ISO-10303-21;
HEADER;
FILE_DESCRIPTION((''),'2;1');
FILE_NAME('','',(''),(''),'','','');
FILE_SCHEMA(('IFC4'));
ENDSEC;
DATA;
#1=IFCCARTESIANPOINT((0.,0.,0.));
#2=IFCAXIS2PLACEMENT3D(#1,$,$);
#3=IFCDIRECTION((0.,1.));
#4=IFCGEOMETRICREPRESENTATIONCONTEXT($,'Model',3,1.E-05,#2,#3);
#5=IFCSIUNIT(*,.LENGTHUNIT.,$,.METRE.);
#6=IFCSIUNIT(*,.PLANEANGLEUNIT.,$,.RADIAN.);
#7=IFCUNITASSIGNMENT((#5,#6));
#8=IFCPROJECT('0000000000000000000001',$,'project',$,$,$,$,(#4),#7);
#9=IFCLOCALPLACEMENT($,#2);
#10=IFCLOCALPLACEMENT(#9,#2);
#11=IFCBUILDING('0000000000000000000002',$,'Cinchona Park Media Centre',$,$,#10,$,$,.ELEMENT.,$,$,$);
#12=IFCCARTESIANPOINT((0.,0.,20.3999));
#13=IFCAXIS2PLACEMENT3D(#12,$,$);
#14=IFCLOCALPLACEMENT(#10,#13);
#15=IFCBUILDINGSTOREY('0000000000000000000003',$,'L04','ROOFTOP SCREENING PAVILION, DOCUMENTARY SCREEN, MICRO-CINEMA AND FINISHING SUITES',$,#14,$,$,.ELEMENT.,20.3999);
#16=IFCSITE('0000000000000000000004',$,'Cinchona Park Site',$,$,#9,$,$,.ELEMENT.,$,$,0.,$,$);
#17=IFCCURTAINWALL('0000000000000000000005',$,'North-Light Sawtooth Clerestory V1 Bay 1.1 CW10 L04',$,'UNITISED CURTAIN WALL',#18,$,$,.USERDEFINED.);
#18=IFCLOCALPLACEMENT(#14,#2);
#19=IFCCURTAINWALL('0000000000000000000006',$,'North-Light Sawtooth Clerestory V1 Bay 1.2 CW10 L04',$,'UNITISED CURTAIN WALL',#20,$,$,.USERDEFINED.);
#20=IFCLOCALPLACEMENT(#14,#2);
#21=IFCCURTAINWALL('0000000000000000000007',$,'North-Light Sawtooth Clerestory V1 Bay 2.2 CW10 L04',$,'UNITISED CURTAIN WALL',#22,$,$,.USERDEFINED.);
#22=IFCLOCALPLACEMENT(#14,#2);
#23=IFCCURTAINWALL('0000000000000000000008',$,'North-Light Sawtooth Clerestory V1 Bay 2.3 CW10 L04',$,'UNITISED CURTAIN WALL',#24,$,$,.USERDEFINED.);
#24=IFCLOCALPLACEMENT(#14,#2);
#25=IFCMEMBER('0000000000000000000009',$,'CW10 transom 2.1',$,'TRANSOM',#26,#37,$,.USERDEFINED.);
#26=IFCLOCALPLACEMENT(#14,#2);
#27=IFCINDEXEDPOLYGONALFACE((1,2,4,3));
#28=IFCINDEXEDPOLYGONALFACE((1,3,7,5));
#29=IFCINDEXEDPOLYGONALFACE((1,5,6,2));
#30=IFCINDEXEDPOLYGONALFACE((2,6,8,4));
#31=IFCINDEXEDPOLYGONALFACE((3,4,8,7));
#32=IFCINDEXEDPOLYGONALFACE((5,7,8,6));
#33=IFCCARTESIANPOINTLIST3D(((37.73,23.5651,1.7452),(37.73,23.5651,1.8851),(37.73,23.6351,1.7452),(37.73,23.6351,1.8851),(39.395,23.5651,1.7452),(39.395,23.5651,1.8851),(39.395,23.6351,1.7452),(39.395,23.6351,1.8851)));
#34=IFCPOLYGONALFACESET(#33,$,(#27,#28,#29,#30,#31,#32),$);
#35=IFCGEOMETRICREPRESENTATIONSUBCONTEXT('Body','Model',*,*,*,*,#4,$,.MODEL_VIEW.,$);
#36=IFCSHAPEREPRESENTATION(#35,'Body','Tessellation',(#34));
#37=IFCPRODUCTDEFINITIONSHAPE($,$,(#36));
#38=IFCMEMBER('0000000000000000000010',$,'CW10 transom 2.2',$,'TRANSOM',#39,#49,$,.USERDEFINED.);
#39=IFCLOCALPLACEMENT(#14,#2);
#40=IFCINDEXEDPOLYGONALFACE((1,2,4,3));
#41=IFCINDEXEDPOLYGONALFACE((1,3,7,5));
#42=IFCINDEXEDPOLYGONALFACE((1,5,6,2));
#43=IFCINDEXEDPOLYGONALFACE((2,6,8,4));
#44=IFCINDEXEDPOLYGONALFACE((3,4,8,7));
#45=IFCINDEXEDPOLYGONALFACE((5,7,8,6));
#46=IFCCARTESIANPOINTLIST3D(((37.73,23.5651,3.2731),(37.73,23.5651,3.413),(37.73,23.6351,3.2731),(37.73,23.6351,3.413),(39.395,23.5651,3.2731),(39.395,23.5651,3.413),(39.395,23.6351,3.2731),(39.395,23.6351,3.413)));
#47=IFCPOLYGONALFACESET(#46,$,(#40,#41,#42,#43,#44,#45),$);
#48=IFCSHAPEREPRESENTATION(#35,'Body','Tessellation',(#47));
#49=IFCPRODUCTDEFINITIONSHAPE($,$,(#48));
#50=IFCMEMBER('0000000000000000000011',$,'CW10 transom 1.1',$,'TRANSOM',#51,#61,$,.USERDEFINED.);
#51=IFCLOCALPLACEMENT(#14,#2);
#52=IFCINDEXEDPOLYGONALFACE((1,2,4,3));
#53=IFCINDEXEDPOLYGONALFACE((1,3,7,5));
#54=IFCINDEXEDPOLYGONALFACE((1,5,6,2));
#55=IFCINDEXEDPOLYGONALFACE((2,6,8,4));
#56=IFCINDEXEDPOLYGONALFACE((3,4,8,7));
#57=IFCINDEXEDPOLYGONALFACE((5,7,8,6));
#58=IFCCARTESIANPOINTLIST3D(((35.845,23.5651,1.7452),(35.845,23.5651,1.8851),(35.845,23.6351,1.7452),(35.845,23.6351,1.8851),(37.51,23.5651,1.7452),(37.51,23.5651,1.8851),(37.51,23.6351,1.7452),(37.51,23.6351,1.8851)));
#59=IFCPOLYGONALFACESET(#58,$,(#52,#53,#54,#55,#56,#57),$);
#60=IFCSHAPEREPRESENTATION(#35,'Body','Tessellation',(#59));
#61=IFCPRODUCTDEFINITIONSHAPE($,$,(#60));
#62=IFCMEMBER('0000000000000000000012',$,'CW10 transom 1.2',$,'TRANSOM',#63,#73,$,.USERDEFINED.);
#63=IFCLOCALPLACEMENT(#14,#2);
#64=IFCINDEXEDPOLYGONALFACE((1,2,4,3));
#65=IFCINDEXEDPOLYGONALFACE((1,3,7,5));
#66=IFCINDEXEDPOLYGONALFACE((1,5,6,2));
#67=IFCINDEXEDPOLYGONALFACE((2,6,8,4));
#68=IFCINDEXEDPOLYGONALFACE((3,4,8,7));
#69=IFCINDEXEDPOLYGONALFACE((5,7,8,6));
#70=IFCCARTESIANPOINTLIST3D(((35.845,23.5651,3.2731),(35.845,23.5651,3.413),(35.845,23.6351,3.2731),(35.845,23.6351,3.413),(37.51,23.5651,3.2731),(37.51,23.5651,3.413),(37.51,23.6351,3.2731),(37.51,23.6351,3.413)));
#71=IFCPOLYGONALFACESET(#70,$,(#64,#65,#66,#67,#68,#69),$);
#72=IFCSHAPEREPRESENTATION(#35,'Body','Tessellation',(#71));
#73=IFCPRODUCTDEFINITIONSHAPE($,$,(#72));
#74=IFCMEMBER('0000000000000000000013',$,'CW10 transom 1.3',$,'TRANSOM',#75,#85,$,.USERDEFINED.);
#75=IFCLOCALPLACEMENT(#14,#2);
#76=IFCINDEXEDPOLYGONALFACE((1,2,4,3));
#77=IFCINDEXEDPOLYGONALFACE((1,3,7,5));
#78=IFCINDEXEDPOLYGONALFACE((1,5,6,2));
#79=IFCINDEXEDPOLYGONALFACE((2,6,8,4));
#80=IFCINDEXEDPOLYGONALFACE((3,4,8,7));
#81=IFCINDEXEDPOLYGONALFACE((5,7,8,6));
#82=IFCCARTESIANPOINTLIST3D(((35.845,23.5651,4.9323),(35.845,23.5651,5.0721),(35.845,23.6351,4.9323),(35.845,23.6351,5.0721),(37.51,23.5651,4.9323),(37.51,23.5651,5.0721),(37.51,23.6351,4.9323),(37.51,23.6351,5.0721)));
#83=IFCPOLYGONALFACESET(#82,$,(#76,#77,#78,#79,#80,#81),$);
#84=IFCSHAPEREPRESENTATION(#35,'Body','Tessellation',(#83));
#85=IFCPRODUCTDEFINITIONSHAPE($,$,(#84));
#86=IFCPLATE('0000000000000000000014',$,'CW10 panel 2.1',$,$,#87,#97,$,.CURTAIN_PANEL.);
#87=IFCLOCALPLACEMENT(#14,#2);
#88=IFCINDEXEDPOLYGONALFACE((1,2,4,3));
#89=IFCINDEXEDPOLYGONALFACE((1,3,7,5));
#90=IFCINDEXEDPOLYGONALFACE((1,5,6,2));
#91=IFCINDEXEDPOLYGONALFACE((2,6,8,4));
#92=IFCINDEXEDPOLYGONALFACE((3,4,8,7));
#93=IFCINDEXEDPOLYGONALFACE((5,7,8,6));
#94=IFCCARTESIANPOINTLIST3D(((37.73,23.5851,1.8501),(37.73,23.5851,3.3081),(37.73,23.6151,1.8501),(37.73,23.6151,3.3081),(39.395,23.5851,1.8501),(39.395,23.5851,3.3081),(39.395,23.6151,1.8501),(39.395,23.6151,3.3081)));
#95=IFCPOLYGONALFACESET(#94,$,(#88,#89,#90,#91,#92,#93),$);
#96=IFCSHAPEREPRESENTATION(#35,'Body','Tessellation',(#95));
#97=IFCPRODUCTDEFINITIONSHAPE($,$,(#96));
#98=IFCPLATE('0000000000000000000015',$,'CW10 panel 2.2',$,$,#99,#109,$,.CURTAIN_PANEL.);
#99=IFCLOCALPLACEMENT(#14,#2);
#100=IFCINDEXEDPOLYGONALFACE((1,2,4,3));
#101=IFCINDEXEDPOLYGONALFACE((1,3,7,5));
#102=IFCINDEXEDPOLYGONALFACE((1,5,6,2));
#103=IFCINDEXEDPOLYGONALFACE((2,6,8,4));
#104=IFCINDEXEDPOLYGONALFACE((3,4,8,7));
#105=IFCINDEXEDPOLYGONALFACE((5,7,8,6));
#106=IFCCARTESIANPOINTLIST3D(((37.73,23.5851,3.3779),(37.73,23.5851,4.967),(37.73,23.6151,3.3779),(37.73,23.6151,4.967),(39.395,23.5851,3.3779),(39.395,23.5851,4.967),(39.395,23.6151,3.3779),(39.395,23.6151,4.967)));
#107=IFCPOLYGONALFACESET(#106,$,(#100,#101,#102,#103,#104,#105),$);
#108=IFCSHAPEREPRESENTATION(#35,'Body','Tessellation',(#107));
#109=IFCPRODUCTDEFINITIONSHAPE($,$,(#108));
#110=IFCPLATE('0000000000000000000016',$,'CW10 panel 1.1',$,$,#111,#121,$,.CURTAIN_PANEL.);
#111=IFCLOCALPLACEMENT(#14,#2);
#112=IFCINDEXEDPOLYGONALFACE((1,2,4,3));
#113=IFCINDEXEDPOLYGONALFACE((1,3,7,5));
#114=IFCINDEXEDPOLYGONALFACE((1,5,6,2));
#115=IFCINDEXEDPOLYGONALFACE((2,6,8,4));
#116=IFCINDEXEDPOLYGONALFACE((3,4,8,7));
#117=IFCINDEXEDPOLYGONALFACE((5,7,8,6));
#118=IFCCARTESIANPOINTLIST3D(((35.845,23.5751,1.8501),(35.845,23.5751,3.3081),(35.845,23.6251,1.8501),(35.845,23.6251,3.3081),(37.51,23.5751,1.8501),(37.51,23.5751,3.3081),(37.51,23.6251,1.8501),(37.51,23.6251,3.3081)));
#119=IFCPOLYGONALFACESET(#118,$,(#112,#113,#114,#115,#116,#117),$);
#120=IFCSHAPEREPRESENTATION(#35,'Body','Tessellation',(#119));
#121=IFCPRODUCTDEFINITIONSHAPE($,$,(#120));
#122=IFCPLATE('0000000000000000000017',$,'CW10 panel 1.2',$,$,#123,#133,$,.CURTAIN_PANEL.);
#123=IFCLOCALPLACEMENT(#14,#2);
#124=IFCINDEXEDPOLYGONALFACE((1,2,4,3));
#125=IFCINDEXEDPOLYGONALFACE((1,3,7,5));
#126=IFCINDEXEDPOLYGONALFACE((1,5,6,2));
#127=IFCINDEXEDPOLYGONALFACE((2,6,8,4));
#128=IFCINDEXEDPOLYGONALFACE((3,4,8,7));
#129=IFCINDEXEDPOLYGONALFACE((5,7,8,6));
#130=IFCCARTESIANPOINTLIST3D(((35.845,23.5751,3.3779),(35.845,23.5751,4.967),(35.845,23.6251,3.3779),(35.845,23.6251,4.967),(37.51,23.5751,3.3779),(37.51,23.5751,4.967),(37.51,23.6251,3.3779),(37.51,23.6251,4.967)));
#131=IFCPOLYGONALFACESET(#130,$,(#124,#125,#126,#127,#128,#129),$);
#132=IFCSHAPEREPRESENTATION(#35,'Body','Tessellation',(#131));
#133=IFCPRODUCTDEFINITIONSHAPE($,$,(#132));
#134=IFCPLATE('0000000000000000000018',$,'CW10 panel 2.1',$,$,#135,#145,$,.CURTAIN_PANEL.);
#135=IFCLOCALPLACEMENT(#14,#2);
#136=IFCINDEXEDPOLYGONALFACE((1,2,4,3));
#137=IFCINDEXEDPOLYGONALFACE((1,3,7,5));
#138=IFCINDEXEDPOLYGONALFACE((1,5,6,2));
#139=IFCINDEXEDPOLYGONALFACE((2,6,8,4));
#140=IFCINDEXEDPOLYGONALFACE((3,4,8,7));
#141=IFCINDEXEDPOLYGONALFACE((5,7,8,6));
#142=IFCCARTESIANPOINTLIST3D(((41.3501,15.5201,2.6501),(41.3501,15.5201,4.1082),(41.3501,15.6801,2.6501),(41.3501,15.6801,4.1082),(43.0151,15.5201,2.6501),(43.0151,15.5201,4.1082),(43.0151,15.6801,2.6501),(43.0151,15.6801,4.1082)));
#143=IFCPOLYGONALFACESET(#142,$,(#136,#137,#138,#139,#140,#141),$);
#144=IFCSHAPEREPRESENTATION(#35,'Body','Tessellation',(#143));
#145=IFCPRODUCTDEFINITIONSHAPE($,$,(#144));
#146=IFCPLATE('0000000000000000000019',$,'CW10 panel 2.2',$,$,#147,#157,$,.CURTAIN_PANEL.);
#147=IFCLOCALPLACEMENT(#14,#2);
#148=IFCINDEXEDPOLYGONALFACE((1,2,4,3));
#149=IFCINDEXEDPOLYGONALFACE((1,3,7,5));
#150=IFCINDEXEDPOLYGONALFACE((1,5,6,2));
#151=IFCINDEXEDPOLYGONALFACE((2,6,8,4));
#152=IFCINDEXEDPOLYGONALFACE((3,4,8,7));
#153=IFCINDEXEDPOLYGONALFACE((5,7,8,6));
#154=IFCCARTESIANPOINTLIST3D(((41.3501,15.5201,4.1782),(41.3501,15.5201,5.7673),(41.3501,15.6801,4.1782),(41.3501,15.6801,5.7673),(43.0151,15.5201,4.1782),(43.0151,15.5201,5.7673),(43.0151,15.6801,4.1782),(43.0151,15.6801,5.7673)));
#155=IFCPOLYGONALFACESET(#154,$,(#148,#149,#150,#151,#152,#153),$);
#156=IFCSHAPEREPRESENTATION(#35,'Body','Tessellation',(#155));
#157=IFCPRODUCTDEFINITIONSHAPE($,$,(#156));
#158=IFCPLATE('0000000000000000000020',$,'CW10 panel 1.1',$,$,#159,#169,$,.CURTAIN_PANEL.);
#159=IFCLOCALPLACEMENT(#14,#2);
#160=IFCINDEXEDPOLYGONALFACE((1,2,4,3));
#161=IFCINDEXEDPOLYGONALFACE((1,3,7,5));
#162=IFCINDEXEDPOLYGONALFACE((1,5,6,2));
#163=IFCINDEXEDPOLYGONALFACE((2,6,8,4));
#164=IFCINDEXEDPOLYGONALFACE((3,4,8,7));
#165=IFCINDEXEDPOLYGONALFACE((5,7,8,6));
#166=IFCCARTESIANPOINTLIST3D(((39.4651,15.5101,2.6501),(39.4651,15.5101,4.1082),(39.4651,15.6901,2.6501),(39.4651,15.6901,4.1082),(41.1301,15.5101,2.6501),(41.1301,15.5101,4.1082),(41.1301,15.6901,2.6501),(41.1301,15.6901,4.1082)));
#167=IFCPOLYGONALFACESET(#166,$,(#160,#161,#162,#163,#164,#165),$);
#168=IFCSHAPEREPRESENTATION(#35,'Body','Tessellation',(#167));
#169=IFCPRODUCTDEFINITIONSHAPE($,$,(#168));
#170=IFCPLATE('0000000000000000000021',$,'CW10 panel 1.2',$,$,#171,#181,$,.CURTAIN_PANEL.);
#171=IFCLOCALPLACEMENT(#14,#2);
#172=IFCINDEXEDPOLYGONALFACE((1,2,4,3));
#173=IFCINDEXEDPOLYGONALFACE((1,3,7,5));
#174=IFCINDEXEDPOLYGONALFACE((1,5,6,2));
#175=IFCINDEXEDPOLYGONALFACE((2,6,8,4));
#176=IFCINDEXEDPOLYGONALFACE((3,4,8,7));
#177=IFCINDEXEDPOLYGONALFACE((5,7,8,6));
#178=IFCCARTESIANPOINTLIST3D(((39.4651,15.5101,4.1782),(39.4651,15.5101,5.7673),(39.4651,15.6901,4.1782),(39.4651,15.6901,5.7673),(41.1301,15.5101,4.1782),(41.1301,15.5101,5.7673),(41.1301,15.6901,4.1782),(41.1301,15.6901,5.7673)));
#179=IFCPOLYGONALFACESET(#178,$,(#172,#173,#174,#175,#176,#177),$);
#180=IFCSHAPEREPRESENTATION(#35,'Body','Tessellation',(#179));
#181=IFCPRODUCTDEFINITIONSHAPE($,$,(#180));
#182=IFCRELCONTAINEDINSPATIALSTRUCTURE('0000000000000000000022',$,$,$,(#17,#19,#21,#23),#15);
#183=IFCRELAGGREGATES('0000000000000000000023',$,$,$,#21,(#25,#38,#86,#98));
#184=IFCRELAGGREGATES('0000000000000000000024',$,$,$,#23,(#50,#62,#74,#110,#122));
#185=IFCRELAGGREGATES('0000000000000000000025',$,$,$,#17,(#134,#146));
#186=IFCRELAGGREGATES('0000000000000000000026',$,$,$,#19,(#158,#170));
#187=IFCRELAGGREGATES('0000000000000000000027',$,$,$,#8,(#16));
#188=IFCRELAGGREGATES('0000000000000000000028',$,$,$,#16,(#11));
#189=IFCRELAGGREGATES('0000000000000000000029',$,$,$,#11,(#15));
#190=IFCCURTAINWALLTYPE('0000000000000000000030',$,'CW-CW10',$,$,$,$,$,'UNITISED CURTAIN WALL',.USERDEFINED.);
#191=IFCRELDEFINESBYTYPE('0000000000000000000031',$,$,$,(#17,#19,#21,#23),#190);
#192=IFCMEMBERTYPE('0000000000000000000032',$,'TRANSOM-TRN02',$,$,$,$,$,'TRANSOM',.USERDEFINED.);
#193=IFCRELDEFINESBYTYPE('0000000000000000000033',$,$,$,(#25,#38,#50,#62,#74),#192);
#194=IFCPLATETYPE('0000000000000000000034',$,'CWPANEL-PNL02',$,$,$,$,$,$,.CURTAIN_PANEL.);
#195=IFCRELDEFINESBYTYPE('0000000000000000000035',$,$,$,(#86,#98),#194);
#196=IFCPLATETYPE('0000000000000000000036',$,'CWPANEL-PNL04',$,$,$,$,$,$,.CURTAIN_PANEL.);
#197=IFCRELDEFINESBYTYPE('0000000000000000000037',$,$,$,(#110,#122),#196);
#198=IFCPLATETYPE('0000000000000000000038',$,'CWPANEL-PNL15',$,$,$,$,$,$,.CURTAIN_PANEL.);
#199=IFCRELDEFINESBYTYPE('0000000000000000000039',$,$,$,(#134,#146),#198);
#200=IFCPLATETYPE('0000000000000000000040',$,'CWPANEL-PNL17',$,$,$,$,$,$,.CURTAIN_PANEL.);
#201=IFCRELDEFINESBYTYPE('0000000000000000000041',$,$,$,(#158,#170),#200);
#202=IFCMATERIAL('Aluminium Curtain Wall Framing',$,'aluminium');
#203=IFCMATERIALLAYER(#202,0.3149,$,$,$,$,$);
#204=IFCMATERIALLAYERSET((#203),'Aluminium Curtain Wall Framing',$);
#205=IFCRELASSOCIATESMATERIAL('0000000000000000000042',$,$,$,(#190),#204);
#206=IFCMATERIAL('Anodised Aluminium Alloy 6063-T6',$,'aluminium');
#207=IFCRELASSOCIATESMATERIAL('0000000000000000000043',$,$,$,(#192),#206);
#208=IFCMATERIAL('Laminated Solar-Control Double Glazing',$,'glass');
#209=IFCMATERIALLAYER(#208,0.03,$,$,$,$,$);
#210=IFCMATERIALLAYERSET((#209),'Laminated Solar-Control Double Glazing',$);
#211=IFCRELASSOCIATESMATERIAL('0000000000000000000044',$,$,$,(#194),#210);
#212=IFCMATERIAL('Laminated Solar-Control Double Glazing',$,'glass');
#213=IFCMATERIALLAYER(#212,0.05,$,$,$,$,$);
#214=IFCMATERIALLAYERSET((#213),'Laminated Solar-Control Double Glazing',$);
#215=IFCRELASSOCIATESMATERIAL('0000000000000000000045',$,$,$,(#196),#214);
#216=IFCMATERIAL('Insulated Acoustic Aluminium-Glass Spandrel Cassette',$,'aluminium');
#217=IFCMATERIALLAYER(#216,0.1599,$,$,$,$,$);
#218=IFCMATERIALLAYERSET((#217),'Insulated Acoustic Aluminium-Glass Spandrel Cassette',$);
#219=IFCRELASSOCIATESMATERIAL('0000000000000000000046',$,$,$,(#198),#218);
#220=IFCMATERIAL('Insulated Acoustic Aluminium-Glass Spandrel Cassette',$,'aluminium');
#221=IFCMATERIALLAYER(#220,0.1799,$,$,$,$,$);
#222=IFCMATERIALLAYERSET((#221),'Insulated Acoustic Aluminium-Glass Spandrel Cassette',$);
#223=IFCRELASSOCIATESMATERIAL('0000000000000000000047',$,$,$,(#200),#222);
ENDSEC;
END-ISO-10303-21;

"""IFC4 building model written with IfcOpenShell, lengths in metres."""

from ifc_helpers import new_model, si_unit, direction, frame, origin, origin_2d, place, context, subcontext, project, spatial, rectangle, extrude, material, layer, layer_set, material_profile, profile_set, type_object, element, aggregate, save


model = new_model("IFC4")

# Units and contexts
model_context = context("Model", 3, precision=1e-05, world=origin(), true_north=direction((0.0, 1.0)))
body_context = subcontext(model_context, "Body", "Model", "MODEL_VIEW")
ifc_project = project(units=[si_unit("LENGTHUNIT", "METRE"), si_unit("PLANEANGLEUNIT", "RADIAN")], contexts=[model_context])

# Site, building, storey
site_placement = place(None, origin())
site = spatial("IfcSite", under=ifc_project, at=site_placement, Name="Cinchona Park Site", CompositionType="ELEMENT", RefElevation=0.0)
building_placement = place(site_placement, origin())
building = spatial("IfcBuilding", under=site, at=building_placement, Name="Cinchona Park Media Centre", CompositionType="ELEMENT")
storey_placement = place(building_placement, frame((0.0, 0.0, 20.3999)))
storey = spatial("IfcBuildingStorey", under=building, at=storey_placement, Name="L04", Description="ROOFTOP SCREENING PAVILION, DOCUMENTARY SCREEN, MICRO-CINEMA AND FINISHING SUITES", CompositionType="ELEMENT", Elevation=20.3999)

# Curtain walls
ifc_material_1 = material(Name="Aluminium Curtain Wall Framing", Category="aluminium")
ifc_layer_1 = layer(ifc_material_1, 0.3149)
ifc_layer_set_1 = layer_set([ifc_layer_1], Name="Aluminium Curtain Wall Framing")
curtain_wall_type = type_object("IfcCurtainWallType", Name="CW-CW10", ElementType="UNITISED CURTAIN WALL", PredefinedType="USERDEFINED", material=ifc_layer_set_1)
curtain_wall_1_placement = place(storey_placement, origin())
curtain_wall_1 = element("IfcCurtainWall", 1, at=curtain_wall_1_placement, inside=storey, type_object=curtain_wall_type, Name="North-Light Sawtooth Clerestory V1 Bay 1.1 CW10 L04", ObjectType="UNITISED CURTAIN WALL", PredefinedType="USERDEFINED")
curtain_wall_2_placement = place(storey_placement, origin())
curtain_wall_2 = element("IfcCurtainWall", 2, at=curtain_wall_2_placement, inside=storey, type_object=curtain_wall_type, Name="North-Light Sawtooth Clerestory V1 Bay 1.2 CW10 L04", ObjectType="UNITISED CURTAIN WALL", PredefinedType="USERDEFINED")

# Curtain wall
curtain_wall_3_placement = place(storey_placement, origin())
curtain_wall_3 = element("IfcCurtainWall", 3, at=curtain_wall_3_placement, inside=storey, type_object=curtain_wall_type, Name="North-Light Sawtooth Clerestory V1 Bay 2.2 CW10 L04", ObjectType="UNITISED CURTAIN WALL", PredefinedType="USERDEFINED")

# Curtain wall
curtain_wall_4_placement = place(storey_placement, origin())
curtain_wall_4 = element("IfcCurtainWall", 4, at=curtain_wall_4_placement, inside=storey, type_object=curtain_wall_type, Name="North-Light Sawtooth Clerestory V1 Bay 2.3 CW10 L04", ObjectType="UNITISED CURTAIN WALL", PredefinedType="USERDEFINED")

# Members
ifc_material_2 = material(Name="Anodised Aluminium Alloy 6063-T6", Category="aluminium")
ifc_material_profile_1 = material_profile(ifc_material_2, rectangle(XDim=0.0701, YDim=0.1399, at=origin_2d()), Name="TRN-70X140")
ifc_profile_set_1 = profile_set([ifc_material_profile_1], Name="Anodised Aluminium Alloy 6063-T6")
member_type_1 = type_object("IfcMemberType", Name="TRANSOM-TRN02", ElementType="TRANSOM", PredefinedType="USERDEFINED", material=ifc_profile_set_1)
member_1_placement = place(storey_placement, frame((39.395, 23.6001, 1.8152), z_axis=(-1.0, 0.0, 0.0), x_axis=(0.0, -1.0, 0.0)))
member_1 = element("IfcMember", 5, at=member_1_placement, type_object=member_type_1, Name="CW10 transom 2.1", ObjectType="TRANSOM", PredefinedType="USERDEFINED", context=body_context, shape_type="SweptSolid", body=[
    extrude(rectangle(XDim=0.0701, YDim=0.1399, at=origin_2d()), origin(), (0.0, 0.0, 1.0), 1.665),
])
member_2_placement = place(storey_placement, frame((39.395, 23.6001, 3.343), z_axis=(-1.0, 0.0, 0.0), x_axis=(0.0, -1.0, 0.0)))
member_2 = element("IfcMember", 6, at=member_2_placement, type_object=member_type_1, Name="CW10 transom 2.2", ObjectType="TRANSOM", PredefinedType="USERDEFINED", context=body_context, shape_type="SweptSolid", body=[
    extrude(rectangle(XDim=0.0701, YDim=0.1399, at=origin_2d()), origin(), (0.0, 0.0, 1.0), 1.665),
])
member_3_placement = place(storey_placement, frame((37.51, 23.6001, 1.8152), z_axis=(-1.0, 0.0, 0.0), x_axis=(0.0, -1.0, 0.0)))
member_3 = element("IfcMember", 7, at=member_3_placement, type_object=member_type_1, Name="CW10 transom 1.1", ObjectType="TRANSOM", PredefinedType="USERDEFINED", context=body_context, shape_type="SweptSolid", body=[
    extrude(rectangle(XDim=0.0701, YDim=0.1399, at=origin_2d()), origin(), (0.0, 0.0, 1.0), 1.665),
])
member_4_placement = place(storey_placement, frame((37.51, 23.6001, 3.343), z_axis=(-1.0, 0.0, 0.0), x_axis=(0.0, -1.0, 0.0)))
member_4 = element("IfcMember", 8, at=member_4_placement, type_object=member_type_1, Name="CW10 transom 1.2", ObjectType="TRANSOM", PredefinedType="USERDEFINED", context=body_context, shape_type="SweptSolid", body=[
    extrude(rectangle(XDim=0.0701, YDim=0.1399, at=origin_2d()), origin(), (0.0, 0.0, 1.0), 1.665),
])
member_5_placement = place(storey_placement, frame((37.51, 23.6001, 5.0022), z_axis=(-1.0, 0.0, 0.0), x_axis=(0.0, -1.0, 0.0)))
member_5 = element("IfcMember", 9, at=member_5_placement, type_object=member_type_1, Name="CW10 transom 1.3", ObjectType="TRANSOM", PredefinedType="USERDEFINED", context=body_context, shape_type="SweptSolid", body=[
    extrude(rectangle(XDim=0.0701, YDim=0.1399, at=origin_2d()), origin(), (0.0, 0.0, 1.0), 1.665),
])

# Plates
ifc_material_3 = material(Name="Laminated Solar-Control Double Glazing", Category="glass")
ifc_layer_2 = layer(ifc_material_3, 0.03)
ifc_layer_set_2 = layer_set([ifc_layer_2], Name="Laminated Solar-Control Double Glazing")
plate_type_1 = type_object("IfcPlateType", Name="CWPANEL-PNL02", PredefinedType="CURTAIN_PANEL", material=ifc_layer_set_2)
plate_1_placement = place(storey_placement, frame((38.5625, 23.6001, 1.8501), z_axis=(0.0, 0.0, 1.0), x_axis=(-1.0, 0.0, 0.0)))
plate_1 = element("IfcPlate", 10, at=plate_1_placement, type_object=plate_type_1, Name="CW10 panel 2.1", PredefinedType="CURTAIN_PANEL", context=body_context, shape_type="SweptSolid", body=[
    extrude(rectangle(XDim=1.665, YDim=0.03, at=origin_2d()), origin(), (0.0, 0.0, 1.0), 1.458),
])
plate_2_placement = place(storey_placement, frame((38.5625, 23.6001, 3.3779), z_axis=(0.0, 0.0, 1.0), x_axis=(-1.0, 0.0, 0.0)))
plate_2 = element("IfcPlate", 11, at=plate_2_placement, type_object=plate_type_1, Name="CW10 panel 2.2", PredefinedType="CURTAIN_PANEL", context=body_context, shape_type="SweptSolid", body=[
    extrude(rectangle(XDim=1.665, YDim=0.03, at=origin_2d()), origin(), (0.0, 0.0, 1.0), 1.5891),
])
aggregate(curtain_wall_3, [member_1, member_2, plate_1, plate_2])
ifc_material_4 = material(Name="Laminated Solar-Control Double Glazing", Category="glass")
ifc_layer_3 = layer(ifc_material_4, 0.05)
ifc_layer_set_3 = layer_set([ifc_layer_3], Name="Laminated Solar-Control Double Glazing")
plate_type_2 = type_object("IfcPlateType", Name="CWPANEL-PNL04", PredefinedType="CURTAIN_PANEL", material=ifc_layer_set_3)
plate_3_placement = place(storey_placement, frame((36.6775, 23.6001, 1.8501), z_axis=(0.0, 0.0, 1.0), x_axis=(-1.0, 0.0, 0.0)))
plate_3 = element("IfcPlate", 12, at=plate_3_placement, type_object=plate_type_2, Name="CW10 panel 1.1", PredefinedType="CURTAIN_PANEL", context=body_context, shape_type="SweptSolid", body=[
    extrude(rectangle(XDim=1.665, YDim=0.05, at=origin_2d()), origin(), (0.0, 0.0, 1.0), 1.458),
])
plate_4_placement = place(storey_placement, frame((36.6775, 23.6001, 3.3779), z_axis=(0.0, 0.0, 1.0), x_axis=(-1.0, 0.0, 0.0)))
plate_4 = element("IfcPlate", 13, at=plate_4_placement, type_object=plate_type_2, Name="CW10 panel 1.2", PredefinedType="CURTAIN_PANEL", context=body_context, shape_type="SweptSolid", body=[
    extrude(rectangle(XDim=1.665, YDim=0.05, at=origin_2d()), origin(), (0.0, 0.0, 1.0), 1.5891),
])
aggregate(curtain_wall_4, [member_3, member_4, member_5, plate_3, plate_4])
ifc_material_5 = material(Name="Insulated Acoustic Aluminium-Glass Spandrel Cassette", Category="aluminium")
ifc_layer_4 = layer(ifc_material_5, 0.1599)
ifc_layer_set_4 = layer_set([ifc_layer_4], Name="Insulated Acoustic Aluminium-Glass Spandrel Cassette")
plate_type_3 = type_object("IfcPlateType", Name="CWPANEL-PNL15", PredefinedType="CURTAIN_PANEL", material=ifc_layer_set_4)
plate_5_placement = place(storey_placement, frame((42.1826, 15.6001, 2.6501), z_axis=(0.0, 0.0, 1.0), x_axis=(-1.0, 0.0, 0.0)))
plate_5 = element("IfcPlate", 14, at=plate_5_placement, type_object=plate_type_3, Name="CW10 panel 2.1", PredefinedType="CURTAIN_PANEL", context=body_context, shape_type="SweptSolid", body=[
    extrude(rectangle(XDim=1.665, YDim=0.1599, at=origin_2d()), origin(), (0.0, 0.0, 1.0), 1.458),
])
plate_6_placement = place(storey_placement, frame((42.1826, 15.6001, 4.1782), z_axis=(0.0, 0.0, 1.0), x_axis=(-1.0, 0.0, 0.0)))
plate_6 = element("IfcPlate", 15, at=plate_6_placement, type_object=plate_type_3, Name="CW10 panel 2.2", PredefinedType="CURTAIN_PANEL", context=body_context, shape_type="SweptSolid", body=[
    extrude(rectangle(XDim=1.665, YDim=0.1599, at=origin_2d()), origin(), (0.0, 0.0, 1.0), 1.5891),
])
aggregate(curtain_wall_1, [plate_5, plate_6])
ifc_material_6 = material(Name="Insulated Acoustic Aluminium-Glass Spandrel Cassette", Category="aluminium")
ifc_layer_5 = layer(ifc_material_6, 0.1799)
ifc_layer_set_5 = layer_set([ifc_layer_5], Name="Insulated Acoustic Aluminium-Glass Spandrel Cassette")
plate_type_4 = type_object("IfcPlateType", Name="CWPANEL-PNL17", PredefinedType="CURTAIN_PANEL", material=ifc_layer_set_5)
plate_7_placement = place(storey_placement, frame((40.2976, 15.6001, 2.6501), z_axis=(0.0, 0.0, 1.0), x_axis=(-1.0, 0.0, 0.0)))
plate_7 = element("IfcPlate", 16, at=plate_7_placement, type_object=plate_type_4, Name="CW10 panel 1.1", PredefinedType="CURTAIN_PANEL", context=body_context, shape_type="SweptSolid", body=[
    extrude(rectangle(XDim=1.665, YDim=0.1799, at=origin_2d()), origin(), (0.0, 0.0, 1.0), 1.458),
])
plate_8_placement = place(storey_placement, frame((40.2976, 15.6001, 4.1782), z_axis=(0.0, 0.0, 1.0), x_axis=(-1.0, 0.0, 0.0)))
plate_8 = element("IfcPlate", 17, at=plate_8_placement, type_object=plate_type_4, Name="CW10 panel 1.2", PredefinedType="CURTAIN_PANEL", context=body_context, shape_type="SweptSolid", body=[
    extrude(rectangle(XDim=1.665, YDim=0.1799, at=origin_2d()), origin(), (0.0, 0.0, 1.0), 1.5891),
])
aggregate(curtain_wall_2, [plate_7, plate_8])

save(model, "model.ifc")
